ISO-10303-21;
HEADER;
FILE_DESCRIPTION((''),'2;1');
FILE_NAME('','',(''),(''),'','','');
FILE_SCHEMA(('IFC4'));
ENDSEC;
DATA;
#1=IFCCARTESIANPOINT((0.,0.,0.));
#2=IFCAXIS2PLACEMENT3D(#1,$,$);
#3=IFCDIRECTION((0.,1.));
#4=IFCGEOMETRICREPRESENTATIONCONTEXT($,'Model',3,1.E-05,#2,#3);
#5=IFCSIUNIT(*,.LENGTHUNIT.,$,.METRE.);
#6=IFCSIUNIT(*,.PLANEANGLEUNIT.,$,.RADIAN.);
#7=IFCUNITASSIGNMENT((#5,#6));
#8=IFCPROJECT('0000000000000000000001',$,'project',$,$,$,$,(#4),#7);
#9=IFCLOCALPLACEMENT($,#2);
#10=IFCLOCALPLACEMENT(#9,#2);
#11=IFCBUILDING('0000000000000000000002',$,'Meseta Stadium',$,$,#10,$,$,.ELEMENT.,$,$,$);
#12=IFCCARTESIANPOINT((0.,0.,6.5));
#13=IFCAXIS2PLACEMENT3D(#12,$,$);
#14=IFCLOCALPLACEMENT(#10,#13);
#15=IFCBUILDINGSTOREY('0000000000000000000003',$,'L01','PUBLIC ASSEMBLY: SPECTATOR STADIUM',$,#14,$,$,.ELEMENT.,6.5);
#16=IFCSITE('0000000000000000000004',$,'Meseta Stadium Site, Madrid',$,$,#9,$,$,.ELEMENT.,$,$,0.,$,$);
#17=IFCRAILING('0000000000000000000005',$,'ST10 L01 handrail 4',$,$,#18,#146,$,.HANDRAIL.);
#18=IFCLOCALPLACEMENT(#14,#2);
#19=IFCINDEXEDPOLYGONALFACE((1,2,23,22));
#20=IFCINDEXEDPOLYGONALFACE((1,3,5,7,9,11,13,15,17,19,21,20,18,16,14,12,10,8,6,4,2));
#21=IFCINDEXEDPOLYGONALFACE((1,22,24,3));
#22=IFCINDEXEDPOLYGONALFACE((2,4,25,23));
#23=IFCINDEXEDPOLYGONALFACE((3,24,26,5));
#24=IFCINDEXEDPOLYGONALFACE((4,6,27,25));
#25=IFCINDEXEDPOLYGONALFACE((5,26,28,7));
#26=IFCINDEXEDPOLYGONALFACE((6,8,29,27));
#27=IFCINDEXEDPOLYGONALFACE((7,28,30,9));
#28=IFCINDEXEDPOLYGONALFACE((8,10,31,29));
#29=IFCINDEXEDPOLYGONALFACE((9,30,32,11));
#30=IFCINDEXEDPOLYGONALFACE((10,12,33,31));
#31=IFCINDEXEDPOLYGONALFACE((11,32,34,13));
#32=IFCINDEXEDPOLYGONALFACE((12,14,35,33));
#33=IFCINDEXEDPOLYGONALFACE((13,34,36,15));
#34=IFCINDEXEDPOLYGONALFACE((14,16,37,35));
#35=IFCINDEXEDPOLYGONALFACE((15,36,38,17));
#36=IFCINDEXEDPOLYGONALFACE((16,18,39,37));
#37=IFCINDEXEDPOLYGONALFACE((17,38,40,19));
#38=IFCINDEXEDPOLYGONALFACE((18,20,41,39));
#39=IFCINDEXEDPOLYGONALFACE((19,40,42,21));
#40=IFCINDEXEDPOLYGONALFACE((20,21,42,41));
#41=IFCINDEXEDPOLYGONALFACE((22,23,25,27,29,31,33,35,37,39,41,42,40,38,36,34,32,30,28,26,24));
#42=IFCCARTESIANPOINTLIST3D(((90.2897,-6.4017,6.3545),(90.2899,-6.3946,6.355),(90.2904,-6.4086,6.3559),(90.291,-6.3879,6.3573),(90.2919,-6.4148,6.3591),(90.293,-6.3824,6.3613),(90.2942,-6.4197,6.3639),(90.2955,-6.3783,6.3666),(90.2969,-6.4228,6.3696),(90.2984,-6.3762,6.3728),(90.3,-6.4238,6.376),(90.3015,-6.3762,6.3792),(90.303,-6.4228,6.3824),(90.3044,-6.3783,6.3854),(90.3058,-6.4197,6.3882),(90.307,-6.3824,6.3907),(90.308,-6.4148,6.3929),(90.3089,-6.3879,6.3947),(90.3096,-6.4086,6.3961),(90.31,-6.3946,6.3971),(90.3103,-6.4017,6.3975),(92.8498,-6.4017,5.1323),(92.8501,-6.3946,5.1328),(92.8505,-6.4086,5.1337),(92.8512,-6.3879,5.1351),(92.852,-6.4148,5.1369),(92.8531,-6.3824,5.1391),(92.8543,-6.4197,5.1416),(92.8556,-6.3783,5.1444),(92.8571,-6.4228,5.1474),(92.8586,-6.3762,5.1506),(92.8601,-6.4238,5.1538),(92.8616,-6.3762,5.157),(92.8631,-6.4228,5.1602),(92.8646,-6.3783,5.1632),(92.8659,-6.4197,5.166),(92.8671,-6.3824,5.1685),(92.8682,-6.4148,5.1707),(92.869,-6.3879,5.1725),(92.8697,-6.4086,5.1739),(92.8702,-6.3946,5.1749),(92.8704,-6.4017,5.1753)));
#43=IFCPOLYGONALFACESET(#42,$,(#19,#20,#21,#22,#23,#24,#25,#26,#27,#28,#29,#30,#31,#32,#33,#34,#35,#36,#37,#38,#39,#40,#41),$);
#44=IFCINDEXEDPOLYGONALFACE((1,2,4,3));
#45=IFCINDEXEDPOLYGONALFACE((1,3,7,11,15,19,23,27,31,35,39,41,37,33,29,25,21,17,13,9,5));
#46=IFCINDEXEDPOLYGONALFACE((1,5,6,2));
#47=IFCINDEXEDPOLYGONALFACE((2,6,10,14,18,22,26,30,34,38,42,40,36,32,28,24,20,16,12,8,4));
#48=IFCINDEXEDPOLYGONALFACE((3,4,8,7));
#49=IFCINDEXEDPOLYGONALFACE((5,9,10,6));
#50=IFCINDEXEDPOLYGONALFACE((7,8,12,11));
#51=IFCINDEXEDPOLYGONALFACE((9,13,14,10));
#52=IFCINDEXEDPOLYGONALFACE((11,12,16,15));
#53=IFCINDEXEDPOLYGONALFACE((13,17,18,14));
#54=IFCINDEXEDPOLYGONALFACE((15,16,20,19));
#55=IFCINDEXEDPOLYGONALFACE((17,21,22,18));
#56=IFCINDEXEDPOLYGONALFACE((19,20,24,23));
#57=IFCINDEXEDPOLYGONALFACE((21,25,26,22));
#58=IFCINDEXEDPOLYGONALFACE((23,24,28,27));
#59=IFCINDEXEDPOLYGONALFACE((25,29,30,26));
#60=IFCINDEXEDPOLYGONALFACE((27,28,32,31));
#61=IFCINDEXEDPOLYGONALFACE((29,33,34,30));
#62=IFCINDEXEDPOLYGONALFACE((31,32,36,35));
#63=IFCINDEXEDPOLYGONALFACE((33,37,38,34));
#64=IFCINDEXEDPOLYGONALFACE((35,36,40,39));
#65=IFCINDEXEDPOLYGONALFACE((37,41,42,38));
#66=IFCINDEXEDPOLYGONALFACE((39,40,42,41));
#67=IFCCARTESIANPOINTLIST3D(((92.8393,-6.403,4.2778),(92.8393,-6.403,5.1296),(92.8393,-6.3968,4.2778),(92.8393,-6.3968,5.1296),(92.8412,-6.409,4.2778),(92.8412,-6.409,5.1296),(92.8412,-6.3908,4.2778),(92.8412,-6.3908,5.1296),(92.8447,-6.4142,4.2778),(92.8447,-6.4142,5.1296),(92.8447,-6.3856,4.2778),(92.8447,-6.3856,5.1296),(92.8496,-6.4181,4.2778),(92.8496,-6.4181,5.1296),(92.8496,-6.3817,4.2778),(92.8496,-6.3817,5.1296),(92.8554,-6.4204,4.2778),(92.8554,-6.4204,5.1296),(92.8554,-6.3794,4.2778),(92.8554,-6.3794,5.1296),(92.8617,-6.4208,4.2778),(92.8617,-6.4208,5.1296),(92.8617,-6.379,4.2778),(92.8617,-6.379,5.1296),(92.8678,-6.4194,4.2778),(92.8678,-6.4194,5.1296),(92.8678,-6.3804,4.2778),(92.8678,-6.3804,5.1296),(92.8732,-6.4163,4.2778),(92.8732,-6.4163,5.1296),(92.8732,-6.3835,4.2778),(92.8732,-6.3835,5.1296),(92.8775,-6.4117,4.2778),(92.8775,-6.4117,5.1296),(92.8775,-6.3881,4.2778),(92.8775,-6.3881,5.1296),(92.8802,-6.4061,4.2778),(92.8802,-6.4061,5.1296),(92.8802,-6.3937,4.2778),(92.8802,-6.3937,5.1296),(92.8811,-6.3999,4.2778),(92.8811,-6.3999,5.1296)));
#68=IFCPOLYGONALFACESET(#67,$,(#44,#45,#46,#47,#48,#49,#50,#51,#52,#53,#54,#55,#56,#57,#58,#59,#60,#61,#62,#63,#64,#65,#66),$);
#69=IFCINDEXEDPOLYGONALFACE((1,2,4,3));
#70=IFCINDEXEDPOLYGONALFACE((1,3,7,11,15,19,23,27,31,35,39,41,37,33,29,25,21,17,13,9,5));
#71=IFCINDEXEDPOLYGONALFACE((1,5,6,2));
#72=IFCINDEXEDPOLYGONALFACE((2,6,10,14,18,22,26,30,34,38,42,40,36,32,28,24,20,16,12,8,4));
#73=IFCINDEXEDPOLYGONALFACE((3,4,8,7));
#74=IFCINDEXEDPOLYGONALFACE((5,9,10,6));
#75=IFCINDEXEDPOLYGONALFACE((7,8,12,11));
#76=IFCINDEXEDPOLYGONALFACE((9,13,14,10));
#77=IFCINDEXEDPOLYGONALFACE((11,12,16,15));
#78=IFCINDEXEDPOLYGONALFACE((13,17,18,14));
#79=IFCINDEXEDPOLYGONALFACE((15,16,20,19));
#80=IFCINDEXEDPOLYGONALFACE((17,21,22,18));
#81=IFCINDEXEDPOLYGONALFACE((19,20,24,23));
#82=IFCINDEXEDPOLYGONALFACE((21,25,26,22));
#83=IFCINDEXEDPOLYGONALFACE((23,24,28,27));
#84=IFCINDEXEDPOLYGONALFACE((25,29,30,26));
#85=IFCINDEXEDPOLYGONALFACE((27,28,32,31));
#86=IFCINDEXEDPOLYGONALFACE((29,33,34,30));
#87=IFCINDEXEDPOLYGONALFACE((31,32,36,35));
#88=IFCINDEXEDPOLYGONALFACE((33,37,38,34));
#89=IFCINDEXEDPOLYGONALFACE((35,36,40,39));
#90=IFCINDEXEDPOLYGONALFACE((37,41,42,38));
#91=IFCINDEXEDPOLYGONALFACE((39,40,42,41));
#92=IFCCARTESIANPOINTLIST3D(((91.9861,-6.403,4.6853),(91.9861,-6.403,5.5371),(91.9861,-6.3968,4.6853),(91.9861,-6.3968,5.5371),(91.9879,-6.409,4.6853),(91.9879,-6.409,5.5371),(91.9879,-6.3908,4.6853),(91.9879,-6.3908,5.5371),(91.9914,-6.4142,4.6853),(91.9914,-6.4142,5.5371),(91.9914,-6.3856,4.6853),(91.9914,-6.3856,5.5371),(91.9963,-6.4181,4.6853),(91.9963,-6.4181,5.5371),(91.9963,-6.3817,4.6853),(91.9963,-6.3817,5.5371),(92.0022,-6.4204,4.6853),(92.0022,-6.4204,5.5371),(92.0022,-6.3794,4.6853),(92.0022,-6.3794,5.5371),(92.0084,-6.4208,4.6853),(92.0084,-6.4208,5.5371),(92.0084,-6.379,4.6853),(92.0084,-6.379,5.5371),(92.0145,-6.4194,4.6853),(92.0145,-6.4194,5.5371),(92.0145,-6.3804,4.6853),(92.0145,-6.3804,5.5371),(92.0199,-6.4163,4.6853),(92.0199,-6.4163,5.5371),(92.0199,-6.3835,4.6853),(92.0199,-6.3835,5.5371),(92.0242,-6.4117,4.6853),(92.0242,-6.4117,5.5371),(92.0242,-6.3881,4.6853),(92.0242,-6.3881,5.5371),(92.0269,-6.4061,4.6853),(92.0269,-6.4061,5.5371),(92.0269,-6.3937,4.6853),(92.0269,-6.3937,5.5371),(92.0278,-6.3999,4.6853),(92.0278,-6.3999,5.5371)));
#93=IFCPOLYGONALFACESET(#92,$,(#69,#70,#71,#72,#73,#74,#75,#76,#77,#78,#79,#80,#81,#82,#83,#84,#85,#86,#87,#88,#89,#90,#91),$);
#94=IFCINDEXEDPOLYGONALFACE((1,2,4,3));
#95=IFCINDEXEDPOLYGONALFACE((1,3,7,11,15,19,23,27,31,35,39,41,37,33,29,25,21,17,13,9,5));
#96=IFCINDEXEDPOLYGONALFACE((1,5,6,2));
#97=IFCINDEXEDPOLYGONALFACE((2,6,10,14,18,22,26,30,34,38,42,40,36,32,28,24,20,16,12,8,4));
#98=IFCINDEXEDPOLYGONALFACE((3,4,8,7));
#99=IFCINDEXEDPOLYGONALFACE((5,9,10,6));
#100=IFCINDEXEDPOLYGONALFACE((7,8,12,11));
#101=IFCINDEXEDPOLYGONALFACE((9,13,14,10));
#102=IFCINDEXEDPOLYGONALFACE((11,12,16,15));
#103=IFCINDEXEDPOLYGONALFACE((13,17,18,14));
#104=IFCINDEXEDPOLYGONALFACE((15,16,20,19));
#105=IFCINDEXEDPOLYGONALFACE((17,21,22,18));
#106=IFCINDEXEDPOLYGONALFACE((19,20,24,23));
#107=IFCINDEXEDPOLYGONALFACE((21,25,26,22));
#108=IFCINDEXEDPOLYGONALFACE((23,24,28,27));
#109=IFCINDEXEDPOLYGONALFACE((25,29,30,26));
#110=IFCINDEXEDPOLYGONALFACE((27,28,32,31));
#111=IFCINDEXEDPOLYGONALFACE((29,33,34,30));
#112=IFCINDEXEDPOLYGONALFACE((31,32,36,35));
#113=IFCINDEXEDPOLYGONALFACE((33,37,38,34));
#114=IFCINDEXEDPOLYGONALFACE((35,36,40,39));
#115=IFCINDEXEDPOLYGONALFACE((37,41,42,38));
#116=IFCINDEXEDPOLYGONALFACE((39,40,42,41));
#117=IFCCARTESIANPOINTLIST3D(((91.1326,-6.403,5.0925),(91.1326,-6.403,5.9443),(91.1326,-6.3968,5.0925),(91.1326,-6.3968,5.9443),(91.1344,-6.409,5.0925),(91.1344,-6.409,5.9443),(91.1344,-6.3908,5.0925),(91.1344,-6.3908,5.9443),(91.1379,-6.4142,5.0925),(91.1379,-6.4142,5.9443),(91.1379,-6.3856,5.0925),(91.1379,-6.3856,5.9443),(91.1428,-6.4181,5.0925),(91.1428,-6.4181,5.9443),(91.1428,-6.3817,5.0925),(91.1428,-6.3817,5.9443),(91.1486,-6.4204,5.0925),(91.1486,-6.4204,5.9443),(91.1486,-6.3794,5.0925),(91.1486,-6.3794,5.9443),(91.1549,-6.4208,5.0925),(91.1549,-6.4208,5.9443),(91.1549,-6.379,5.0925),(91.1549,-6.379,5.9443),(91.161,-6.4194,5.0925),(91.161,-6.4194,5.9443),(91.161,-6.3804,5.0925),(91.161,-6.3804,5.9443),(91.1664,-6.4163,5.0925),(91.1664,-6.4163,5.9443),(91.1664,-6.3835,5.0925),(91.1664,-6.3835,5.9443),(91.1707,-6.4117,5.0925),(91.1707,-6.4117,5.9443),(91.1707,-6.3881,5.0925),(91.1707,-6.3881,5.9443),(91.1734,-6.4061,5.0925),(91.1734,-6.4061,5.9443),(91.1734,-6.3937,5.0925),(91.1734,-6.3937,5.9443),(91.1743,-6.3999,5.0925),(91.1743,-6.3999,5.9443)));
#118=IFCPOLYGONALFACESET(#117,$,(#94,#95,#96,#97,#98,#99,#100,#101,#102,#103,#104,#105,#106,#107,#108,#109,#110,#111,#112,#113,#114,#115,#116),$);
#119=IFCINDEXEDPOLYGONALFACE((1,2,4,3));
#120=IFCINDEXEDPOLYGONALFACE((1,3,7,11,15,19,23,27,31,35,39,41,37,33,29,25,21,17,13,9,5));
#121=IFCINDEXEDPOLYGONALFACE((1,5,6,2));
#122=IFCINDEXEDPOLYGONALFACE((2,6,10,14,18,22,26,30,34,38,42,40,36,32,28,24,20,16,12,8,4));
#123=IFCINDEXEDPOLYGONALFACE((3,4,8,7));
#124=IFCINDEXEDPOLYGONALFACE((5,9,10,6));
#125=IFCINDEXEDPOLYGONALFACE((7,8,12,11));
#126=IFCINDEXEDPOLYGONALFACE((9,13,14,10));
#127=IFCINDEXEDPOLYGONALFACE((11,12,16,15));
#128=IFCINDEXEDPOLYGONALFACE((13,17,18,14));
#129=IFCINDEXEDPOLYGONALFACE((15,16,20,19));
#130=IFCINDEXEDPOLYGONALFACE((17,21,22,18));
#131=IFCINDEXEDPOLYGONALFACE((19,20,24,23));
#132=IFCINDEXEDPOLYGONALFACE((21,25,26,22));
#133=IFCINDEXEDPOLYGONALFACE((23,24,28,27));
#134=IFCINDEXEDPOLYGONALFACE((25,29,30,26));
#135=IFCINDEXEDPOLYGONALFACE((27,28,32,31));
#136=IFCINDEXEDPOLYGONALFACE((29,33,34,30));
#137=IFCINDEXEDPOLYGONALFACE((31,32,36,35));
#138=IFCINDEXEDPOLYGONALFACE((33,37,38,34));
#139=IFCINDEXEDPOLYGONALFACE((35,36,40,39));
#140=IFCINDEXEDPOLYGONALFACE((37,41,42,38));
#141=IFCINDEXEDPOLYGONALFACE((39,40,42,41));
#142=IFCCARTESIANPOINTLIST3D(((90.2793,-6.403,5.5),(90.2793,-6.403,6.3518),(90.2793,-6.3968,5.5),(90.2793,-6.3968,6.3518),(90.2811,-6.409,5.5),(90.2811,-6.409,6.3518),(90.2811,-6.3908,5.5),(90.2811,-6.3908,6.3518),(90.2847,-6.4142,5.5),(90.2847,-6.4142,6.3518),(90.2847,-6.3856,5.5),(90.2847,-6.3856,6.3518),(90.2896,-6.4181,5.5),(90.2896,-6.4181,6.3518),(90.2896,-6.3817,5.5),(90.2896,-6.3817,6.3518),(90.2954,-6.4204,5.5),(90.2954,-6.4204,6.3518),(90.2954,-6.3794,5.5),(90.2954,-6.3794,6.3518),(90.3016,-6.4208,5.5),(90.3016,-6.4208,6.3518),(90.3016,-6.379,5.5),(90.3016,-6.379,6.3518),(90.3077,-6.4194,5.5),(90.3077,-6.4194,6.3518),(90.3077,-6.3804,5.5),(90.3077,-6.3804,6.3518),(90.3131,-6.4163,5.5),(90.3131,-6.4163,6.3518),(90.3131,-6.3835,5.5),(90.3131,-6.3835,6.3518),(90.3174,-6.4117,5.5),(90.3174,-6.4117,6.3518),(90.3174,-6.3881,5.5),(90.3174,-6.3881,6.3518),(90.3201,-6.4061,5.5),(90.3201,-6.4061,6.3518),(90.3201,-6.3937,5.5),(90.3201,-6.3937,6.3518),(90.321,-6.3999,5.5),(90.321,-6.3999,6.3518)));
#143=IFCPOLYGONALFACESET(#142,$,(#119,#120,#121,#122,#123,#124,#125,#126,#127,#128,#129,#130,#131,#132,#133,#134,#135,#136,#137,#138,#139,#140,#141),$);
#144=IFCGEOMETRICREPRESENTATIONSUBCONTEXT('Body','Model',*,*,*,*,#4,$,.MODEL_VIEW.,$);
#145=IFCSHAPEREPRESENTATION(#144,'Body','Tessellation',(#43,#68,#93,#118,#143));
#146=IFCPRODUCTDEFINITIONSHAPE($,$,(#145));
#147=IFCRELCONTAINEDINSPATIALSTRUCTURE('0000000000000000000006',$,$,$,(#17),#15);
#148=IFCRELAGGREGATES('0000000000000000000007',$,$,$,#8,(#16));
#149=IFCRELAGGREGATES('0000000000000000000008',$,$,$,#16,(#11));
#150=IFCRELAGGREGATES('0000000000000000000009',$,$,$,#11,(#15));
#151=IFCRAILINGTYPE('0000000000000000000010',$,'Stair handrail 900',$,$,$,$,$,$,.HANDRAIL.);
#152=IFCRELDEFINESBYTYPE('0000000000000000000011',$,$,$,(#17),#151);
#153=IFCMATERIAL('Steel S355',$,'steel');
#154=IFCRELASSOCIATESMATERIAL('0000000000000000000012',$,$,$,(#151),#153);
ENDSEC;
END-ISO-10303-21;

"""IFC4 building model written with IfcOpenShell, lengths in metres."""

from ifc_helpers import new_model, si_unit, direction, frame, origin, origin_2d, place, context, subcontext, project, spatial, circle, extrude, material, type_object, element, save


model = new_model("IFC4")

# Units and contexts
model_context = context("Model", 3, precision=1e-05, world=origin(), true_north=direction((0.0, 1.0)))
body_context = subcontext(model_context, "Body", "Model", "MODEL_VIEW")
ifc_project = project(units=[si_unit("LENGTHUNIT", "METRE"), si_unit("PLANEANGLEUNIT", "RADIAN")], contexts=[model_context])

# Site, building, storey
site_placement = place(None, origin())
site = spatial("IfcSite", under=ifc_project, at=site_placement, Name="Meseta Stadium Site, Madrid", CompositionType="ELEMENT", RefElevation=0.0)
building_placement = place(site_placement, origin())
building = spatial("IfcBuilding", under=site, at=building_placement, Name="Meseta Stadium", CompositionType="ELEMENT")
storey_placement = place(building_placement, frame((0.0, 0.0, 6.5)))
storey = spatial("IfcBuildingStorey", under=building, at=storey_placement, Name="L01", Description="PUBLIC ASSEMBLY: SPECTATOR STADIUM", CompositionType="ELEMENT", Elevation=6.5)

# Railing
ifc_material_1 = material(Name="Steel S355", Category="steel")
railing_type_1 = type_object("IfcRailingType", Name="Stair handrail 900", PredefinedType="HANDRAIL", material=ifc_material_1)
railing_1_placement = place(storey_placement, frame((92.8601, -6.3999, 4.2778)))
element("IfcRailing", 1, at=railing_1_placement, inside=storey, type_object=railing_type_1, Name="ST10 L01 handrail 4", PredefinedType="HANDRAIL", context=body_context, shape_type="SweptSolid", body=[
    extrude(circle(Radius=0.0239, at=origin_2d()), frame((0.0, 0.0, 0.876), z_axis=(-0.902437, 0.0, 0.430822), x_axis=(0.0, -1.0, 0.0)), (0.0, 0.0, 1.0), 2.8369),
    extrude(circle(Radius=0.021, at=origin_2d()), origin(), (0.0, 0.0, 1.0), 0.8518),
    extrude(circle(Radius=0.021, at=origin_2d()), frame((-0.8533, 0.0, 0.4075)), (0.0, 0.0, 1.0), 0.8518),
    extrude(circle(Radius=0.021, at=origin_2d()), frame((-1.7068, 0.0, 0.8147)), (0.0, 0.0, 1.0), 0.8518),
    extrude(circle(Radius=0.021, at=origin_2d()), frame((-2.5601, 0.0, 1.2222)), (0.0, 0.0, 1.0), 0.8518),
])

save(model, "model.ifc")
